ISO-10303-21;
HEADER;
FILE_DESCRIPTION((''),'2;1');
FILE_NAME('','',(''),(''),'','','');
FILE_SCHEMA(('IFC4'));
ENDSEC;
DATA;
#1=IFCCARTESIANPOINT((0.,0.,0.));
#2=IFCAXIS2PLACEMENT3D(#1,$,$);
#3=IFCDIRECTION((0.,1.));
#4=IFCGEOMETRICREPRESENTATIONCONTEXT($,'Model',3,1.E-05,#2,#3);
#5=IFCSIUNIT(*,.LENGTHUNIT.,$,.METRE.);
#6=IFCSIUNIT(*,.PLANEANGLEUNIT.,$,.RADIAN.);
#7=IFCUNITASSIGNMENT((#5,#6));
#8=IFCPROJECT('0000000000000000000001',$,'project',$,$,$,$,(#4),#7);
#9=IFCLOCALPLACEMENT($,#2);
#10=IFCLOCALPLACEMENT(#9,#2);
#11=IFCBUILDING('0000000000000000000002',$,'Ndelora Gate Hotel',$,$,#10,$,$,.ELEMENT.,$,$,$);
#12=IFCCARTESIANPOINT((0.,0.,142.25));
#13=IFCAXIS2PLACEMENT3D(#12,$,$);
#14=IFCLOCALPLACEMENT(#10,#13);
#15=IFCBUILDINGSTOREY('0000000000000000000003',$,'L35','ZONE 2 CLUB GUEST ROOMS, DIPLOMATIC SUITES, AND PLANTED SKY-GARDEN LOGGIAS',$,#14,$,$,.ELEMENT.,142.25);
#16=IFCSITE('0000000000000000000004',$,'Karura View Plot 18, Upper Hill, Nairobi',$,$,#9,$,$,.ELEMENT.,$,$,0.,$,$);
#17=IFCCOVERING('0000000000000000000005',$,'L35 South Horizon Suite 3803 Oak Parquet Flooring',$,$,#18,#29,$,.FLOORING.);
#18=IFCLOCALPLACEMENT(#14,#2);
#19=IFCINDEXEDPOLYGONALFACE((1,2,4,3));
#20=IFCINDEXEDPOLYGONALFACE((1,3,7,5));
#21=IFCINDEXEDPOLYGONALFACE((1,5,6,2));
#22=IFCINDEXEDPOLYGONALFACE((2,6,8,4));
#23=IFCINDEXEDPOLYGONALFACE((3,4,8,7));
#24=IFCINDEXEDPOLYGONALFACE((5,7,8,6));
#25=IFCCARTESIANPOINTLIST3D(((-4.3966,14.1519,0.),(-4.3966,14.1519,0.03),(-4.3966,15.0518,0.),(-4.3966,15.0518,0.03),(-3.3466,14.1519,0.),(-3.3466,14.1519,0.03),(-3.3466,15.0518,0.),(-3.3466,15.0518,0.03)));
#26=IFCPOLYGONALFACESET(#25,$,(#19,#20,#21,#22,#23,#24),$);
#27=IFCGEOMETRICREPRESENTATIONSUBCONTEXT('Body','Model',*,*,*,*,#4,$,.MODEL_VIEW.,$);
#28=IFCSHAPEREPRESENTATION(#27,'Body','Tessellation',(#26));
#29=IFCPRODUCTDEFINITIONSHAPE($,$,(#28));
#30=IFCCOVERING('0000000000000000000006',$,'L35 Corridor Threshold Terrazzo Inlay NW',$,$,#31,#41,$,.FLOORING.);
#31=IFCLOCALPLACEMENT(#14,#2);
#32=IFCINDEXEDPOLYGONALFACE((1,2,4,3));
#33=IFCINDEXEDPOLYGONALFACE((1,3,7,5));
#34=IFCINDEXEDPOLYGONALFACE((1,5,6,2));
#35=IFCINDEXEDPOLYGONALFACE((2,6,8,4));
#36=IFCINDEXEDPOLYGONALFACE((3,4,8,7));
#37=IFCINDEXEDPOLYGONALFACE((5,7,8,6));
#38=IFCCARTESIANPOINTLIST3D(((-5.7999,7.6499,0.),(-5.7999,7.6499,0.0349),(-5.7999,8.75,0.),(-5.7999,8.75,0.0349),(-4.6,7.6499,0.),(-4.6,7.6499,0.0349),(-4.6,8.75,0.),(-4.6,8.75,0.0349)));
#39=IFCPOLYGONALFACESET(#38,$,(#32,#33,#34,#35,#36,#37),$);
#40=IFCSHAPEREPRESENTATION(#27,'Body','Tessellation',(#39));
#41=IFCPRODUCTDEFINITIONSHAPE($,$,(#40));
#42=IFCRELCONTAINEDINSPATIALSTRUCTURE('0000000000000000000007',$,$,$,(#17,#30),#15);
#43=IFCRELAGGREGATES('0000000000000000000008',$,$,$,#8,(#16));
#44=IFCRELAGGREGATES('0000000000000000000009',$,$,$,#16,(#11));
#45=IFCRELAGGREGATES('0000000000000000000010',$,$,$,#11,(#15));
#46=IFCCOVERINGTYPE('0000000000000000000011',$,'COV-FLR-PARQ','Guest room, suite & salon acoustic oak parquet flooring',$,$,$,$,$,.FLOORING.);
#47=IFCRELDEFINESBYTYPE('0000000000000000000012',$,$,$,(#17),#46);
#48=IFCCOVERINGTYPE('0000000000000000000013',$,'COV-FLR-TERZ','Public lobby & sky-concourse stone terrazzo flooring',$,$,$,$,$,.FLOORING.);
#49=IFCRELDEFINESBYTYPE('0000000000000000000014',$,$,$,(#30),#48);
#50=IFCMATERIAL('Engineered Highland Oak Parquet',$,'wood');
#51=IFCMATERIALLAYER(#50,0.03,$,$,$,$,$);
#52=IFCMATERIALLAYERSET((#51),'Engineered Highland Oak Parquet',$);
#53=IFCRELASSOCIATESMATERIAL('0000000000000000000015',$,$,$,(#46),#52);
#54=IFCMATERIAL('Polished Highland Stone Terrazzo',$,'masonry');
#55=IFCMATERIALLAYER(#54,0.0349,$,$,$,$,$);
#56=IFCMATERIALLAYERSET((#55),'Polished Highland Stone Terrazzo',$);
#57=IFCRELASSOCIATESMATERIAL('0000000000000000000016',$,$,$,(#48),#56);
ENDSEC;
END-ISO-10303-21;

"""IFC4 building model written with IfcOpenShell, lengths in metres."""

from ifc_helpers import new_model, si_unit, direction, frame, origin, origin_2d, place, context, subcontext, project, spatial, rectangle, extrude, material, layer, layer_set, type_object, element, save


model = new_model("IFC4")

# Units and contexts
model_context = context("Model", 3, precision=1e-05, world=origin(), true_north=direction((0.0, 1.0)))
body_context = subcontext(model_context, "Body", "Model", "MODEL_VIEW")
ifc_project = project(units=[si_unit("LENGTHUNIT", "METRE"), si_unit("PLANEANGLEUNIT", "RADIAN")], contexts=[model_context])

# Site, building, storey
site_placement = place(None, origin())
site = spatial("IfcSite", under=ifc_project, at=site_placement, Name="Karura View Plot 18, Upper Hill, Nairobi", CompositionType="ELEMENT", RefElevation=0.0)
building_placement = place(site_placement, origin())
building = spatial("IfcBuilding", under=site, at=building_placement, Name="Ndelora Gate Hotel", CompositionType="ELEMENT")
storey_placement = place(building_placement, frame((0.0, 0.0, 142.25)))
storey = spatial("IfcBuildingStorey", under=building, at=storey_placement, Name="L35", Description="ZONE 2 CLUB GUEST ROOMS, DIPLOMATIC SUITES, AND PLANTED SKY-GARDEN LOGGIAS", CompositionType="ELEMENT", Elevation=142.25)

# Coverings
ifc_material_1 = material(Name="Engineered Highland Oak Parquet", Category="wood")
ifc_layer_1 = layer(ifc_material_1, 0.03)
ifc_layer_set_1 = layer_set([ifc_layer_1], Name="Engineered Highland Oak Parquet")
covering_type_1 = type_object("IfcCoveringType", Name="COV-FLR-PARQ", Description="Guest room, suite & salon acoustic oak parquet flooring", PredefinedType="FLOORING", material=ifc_layer_set_1)
covering_1_placement = place(storey_placement, frame((-3.8716, 14.6018, 0.0), z_axis=(0.0, 0.0, 1.0), x_axis=(1.0, 0.0, 0.0)))
element("IfcCovering", 1, at=covering_1_placement, inside=storey, type_object=covering_type_1, Name="L35 South Horizon Suite 3803 Oak Parquet Flooring", PredefinedType="FLOORING", context=body_context, shape_type="SweptSolid", body=[
    extrude(rectangle(XDim=1.05, YDim=0.8999, at=origin_2d()), origin(), (0.0, 0.0, 1.0), 0.03),
])
ifc_material_2 = material(Name="Polished Highland Stone Terrazzo", Category="masonry")
ifc_layer_2 = layer(ifc_material_2, 0.0349)
ifc_layer_set_2 = layer_set([ifc_layer_2], Name="Polished Highland Stone Terrazzo")
covering_type_2 = type_object("IfcCoveringType", Name="COV-FLR-TERZ", Description="Public lobby & sky-concourse stone terrazzo flooring", PredefinedType="FLOORING", material=ifc_layer_set_2)
covering_2_placement = place(storey_placement, frame((-5.2, 8.2, 0.0), z_axis=(0.0, 0.0, 1.0), x_axis=(1.0, 0.0, 0.0)))
element("IfcCovering", 2, at=covering_2_placement, inside=storey, type_object=covering_type_2, Name="L35 Corridor Threshold Terrazzo Inlay NW", PredefinedType="FLOORING", context=body_context, shape_type="SweptSolid", body=[
    extrude(rectangle(XDim=1.2, YDim=1.1001, at=origin_2d()), origin(), (0.0, 0.0, 1.0), 0.0349),
])

save(model, "model.ifc")
